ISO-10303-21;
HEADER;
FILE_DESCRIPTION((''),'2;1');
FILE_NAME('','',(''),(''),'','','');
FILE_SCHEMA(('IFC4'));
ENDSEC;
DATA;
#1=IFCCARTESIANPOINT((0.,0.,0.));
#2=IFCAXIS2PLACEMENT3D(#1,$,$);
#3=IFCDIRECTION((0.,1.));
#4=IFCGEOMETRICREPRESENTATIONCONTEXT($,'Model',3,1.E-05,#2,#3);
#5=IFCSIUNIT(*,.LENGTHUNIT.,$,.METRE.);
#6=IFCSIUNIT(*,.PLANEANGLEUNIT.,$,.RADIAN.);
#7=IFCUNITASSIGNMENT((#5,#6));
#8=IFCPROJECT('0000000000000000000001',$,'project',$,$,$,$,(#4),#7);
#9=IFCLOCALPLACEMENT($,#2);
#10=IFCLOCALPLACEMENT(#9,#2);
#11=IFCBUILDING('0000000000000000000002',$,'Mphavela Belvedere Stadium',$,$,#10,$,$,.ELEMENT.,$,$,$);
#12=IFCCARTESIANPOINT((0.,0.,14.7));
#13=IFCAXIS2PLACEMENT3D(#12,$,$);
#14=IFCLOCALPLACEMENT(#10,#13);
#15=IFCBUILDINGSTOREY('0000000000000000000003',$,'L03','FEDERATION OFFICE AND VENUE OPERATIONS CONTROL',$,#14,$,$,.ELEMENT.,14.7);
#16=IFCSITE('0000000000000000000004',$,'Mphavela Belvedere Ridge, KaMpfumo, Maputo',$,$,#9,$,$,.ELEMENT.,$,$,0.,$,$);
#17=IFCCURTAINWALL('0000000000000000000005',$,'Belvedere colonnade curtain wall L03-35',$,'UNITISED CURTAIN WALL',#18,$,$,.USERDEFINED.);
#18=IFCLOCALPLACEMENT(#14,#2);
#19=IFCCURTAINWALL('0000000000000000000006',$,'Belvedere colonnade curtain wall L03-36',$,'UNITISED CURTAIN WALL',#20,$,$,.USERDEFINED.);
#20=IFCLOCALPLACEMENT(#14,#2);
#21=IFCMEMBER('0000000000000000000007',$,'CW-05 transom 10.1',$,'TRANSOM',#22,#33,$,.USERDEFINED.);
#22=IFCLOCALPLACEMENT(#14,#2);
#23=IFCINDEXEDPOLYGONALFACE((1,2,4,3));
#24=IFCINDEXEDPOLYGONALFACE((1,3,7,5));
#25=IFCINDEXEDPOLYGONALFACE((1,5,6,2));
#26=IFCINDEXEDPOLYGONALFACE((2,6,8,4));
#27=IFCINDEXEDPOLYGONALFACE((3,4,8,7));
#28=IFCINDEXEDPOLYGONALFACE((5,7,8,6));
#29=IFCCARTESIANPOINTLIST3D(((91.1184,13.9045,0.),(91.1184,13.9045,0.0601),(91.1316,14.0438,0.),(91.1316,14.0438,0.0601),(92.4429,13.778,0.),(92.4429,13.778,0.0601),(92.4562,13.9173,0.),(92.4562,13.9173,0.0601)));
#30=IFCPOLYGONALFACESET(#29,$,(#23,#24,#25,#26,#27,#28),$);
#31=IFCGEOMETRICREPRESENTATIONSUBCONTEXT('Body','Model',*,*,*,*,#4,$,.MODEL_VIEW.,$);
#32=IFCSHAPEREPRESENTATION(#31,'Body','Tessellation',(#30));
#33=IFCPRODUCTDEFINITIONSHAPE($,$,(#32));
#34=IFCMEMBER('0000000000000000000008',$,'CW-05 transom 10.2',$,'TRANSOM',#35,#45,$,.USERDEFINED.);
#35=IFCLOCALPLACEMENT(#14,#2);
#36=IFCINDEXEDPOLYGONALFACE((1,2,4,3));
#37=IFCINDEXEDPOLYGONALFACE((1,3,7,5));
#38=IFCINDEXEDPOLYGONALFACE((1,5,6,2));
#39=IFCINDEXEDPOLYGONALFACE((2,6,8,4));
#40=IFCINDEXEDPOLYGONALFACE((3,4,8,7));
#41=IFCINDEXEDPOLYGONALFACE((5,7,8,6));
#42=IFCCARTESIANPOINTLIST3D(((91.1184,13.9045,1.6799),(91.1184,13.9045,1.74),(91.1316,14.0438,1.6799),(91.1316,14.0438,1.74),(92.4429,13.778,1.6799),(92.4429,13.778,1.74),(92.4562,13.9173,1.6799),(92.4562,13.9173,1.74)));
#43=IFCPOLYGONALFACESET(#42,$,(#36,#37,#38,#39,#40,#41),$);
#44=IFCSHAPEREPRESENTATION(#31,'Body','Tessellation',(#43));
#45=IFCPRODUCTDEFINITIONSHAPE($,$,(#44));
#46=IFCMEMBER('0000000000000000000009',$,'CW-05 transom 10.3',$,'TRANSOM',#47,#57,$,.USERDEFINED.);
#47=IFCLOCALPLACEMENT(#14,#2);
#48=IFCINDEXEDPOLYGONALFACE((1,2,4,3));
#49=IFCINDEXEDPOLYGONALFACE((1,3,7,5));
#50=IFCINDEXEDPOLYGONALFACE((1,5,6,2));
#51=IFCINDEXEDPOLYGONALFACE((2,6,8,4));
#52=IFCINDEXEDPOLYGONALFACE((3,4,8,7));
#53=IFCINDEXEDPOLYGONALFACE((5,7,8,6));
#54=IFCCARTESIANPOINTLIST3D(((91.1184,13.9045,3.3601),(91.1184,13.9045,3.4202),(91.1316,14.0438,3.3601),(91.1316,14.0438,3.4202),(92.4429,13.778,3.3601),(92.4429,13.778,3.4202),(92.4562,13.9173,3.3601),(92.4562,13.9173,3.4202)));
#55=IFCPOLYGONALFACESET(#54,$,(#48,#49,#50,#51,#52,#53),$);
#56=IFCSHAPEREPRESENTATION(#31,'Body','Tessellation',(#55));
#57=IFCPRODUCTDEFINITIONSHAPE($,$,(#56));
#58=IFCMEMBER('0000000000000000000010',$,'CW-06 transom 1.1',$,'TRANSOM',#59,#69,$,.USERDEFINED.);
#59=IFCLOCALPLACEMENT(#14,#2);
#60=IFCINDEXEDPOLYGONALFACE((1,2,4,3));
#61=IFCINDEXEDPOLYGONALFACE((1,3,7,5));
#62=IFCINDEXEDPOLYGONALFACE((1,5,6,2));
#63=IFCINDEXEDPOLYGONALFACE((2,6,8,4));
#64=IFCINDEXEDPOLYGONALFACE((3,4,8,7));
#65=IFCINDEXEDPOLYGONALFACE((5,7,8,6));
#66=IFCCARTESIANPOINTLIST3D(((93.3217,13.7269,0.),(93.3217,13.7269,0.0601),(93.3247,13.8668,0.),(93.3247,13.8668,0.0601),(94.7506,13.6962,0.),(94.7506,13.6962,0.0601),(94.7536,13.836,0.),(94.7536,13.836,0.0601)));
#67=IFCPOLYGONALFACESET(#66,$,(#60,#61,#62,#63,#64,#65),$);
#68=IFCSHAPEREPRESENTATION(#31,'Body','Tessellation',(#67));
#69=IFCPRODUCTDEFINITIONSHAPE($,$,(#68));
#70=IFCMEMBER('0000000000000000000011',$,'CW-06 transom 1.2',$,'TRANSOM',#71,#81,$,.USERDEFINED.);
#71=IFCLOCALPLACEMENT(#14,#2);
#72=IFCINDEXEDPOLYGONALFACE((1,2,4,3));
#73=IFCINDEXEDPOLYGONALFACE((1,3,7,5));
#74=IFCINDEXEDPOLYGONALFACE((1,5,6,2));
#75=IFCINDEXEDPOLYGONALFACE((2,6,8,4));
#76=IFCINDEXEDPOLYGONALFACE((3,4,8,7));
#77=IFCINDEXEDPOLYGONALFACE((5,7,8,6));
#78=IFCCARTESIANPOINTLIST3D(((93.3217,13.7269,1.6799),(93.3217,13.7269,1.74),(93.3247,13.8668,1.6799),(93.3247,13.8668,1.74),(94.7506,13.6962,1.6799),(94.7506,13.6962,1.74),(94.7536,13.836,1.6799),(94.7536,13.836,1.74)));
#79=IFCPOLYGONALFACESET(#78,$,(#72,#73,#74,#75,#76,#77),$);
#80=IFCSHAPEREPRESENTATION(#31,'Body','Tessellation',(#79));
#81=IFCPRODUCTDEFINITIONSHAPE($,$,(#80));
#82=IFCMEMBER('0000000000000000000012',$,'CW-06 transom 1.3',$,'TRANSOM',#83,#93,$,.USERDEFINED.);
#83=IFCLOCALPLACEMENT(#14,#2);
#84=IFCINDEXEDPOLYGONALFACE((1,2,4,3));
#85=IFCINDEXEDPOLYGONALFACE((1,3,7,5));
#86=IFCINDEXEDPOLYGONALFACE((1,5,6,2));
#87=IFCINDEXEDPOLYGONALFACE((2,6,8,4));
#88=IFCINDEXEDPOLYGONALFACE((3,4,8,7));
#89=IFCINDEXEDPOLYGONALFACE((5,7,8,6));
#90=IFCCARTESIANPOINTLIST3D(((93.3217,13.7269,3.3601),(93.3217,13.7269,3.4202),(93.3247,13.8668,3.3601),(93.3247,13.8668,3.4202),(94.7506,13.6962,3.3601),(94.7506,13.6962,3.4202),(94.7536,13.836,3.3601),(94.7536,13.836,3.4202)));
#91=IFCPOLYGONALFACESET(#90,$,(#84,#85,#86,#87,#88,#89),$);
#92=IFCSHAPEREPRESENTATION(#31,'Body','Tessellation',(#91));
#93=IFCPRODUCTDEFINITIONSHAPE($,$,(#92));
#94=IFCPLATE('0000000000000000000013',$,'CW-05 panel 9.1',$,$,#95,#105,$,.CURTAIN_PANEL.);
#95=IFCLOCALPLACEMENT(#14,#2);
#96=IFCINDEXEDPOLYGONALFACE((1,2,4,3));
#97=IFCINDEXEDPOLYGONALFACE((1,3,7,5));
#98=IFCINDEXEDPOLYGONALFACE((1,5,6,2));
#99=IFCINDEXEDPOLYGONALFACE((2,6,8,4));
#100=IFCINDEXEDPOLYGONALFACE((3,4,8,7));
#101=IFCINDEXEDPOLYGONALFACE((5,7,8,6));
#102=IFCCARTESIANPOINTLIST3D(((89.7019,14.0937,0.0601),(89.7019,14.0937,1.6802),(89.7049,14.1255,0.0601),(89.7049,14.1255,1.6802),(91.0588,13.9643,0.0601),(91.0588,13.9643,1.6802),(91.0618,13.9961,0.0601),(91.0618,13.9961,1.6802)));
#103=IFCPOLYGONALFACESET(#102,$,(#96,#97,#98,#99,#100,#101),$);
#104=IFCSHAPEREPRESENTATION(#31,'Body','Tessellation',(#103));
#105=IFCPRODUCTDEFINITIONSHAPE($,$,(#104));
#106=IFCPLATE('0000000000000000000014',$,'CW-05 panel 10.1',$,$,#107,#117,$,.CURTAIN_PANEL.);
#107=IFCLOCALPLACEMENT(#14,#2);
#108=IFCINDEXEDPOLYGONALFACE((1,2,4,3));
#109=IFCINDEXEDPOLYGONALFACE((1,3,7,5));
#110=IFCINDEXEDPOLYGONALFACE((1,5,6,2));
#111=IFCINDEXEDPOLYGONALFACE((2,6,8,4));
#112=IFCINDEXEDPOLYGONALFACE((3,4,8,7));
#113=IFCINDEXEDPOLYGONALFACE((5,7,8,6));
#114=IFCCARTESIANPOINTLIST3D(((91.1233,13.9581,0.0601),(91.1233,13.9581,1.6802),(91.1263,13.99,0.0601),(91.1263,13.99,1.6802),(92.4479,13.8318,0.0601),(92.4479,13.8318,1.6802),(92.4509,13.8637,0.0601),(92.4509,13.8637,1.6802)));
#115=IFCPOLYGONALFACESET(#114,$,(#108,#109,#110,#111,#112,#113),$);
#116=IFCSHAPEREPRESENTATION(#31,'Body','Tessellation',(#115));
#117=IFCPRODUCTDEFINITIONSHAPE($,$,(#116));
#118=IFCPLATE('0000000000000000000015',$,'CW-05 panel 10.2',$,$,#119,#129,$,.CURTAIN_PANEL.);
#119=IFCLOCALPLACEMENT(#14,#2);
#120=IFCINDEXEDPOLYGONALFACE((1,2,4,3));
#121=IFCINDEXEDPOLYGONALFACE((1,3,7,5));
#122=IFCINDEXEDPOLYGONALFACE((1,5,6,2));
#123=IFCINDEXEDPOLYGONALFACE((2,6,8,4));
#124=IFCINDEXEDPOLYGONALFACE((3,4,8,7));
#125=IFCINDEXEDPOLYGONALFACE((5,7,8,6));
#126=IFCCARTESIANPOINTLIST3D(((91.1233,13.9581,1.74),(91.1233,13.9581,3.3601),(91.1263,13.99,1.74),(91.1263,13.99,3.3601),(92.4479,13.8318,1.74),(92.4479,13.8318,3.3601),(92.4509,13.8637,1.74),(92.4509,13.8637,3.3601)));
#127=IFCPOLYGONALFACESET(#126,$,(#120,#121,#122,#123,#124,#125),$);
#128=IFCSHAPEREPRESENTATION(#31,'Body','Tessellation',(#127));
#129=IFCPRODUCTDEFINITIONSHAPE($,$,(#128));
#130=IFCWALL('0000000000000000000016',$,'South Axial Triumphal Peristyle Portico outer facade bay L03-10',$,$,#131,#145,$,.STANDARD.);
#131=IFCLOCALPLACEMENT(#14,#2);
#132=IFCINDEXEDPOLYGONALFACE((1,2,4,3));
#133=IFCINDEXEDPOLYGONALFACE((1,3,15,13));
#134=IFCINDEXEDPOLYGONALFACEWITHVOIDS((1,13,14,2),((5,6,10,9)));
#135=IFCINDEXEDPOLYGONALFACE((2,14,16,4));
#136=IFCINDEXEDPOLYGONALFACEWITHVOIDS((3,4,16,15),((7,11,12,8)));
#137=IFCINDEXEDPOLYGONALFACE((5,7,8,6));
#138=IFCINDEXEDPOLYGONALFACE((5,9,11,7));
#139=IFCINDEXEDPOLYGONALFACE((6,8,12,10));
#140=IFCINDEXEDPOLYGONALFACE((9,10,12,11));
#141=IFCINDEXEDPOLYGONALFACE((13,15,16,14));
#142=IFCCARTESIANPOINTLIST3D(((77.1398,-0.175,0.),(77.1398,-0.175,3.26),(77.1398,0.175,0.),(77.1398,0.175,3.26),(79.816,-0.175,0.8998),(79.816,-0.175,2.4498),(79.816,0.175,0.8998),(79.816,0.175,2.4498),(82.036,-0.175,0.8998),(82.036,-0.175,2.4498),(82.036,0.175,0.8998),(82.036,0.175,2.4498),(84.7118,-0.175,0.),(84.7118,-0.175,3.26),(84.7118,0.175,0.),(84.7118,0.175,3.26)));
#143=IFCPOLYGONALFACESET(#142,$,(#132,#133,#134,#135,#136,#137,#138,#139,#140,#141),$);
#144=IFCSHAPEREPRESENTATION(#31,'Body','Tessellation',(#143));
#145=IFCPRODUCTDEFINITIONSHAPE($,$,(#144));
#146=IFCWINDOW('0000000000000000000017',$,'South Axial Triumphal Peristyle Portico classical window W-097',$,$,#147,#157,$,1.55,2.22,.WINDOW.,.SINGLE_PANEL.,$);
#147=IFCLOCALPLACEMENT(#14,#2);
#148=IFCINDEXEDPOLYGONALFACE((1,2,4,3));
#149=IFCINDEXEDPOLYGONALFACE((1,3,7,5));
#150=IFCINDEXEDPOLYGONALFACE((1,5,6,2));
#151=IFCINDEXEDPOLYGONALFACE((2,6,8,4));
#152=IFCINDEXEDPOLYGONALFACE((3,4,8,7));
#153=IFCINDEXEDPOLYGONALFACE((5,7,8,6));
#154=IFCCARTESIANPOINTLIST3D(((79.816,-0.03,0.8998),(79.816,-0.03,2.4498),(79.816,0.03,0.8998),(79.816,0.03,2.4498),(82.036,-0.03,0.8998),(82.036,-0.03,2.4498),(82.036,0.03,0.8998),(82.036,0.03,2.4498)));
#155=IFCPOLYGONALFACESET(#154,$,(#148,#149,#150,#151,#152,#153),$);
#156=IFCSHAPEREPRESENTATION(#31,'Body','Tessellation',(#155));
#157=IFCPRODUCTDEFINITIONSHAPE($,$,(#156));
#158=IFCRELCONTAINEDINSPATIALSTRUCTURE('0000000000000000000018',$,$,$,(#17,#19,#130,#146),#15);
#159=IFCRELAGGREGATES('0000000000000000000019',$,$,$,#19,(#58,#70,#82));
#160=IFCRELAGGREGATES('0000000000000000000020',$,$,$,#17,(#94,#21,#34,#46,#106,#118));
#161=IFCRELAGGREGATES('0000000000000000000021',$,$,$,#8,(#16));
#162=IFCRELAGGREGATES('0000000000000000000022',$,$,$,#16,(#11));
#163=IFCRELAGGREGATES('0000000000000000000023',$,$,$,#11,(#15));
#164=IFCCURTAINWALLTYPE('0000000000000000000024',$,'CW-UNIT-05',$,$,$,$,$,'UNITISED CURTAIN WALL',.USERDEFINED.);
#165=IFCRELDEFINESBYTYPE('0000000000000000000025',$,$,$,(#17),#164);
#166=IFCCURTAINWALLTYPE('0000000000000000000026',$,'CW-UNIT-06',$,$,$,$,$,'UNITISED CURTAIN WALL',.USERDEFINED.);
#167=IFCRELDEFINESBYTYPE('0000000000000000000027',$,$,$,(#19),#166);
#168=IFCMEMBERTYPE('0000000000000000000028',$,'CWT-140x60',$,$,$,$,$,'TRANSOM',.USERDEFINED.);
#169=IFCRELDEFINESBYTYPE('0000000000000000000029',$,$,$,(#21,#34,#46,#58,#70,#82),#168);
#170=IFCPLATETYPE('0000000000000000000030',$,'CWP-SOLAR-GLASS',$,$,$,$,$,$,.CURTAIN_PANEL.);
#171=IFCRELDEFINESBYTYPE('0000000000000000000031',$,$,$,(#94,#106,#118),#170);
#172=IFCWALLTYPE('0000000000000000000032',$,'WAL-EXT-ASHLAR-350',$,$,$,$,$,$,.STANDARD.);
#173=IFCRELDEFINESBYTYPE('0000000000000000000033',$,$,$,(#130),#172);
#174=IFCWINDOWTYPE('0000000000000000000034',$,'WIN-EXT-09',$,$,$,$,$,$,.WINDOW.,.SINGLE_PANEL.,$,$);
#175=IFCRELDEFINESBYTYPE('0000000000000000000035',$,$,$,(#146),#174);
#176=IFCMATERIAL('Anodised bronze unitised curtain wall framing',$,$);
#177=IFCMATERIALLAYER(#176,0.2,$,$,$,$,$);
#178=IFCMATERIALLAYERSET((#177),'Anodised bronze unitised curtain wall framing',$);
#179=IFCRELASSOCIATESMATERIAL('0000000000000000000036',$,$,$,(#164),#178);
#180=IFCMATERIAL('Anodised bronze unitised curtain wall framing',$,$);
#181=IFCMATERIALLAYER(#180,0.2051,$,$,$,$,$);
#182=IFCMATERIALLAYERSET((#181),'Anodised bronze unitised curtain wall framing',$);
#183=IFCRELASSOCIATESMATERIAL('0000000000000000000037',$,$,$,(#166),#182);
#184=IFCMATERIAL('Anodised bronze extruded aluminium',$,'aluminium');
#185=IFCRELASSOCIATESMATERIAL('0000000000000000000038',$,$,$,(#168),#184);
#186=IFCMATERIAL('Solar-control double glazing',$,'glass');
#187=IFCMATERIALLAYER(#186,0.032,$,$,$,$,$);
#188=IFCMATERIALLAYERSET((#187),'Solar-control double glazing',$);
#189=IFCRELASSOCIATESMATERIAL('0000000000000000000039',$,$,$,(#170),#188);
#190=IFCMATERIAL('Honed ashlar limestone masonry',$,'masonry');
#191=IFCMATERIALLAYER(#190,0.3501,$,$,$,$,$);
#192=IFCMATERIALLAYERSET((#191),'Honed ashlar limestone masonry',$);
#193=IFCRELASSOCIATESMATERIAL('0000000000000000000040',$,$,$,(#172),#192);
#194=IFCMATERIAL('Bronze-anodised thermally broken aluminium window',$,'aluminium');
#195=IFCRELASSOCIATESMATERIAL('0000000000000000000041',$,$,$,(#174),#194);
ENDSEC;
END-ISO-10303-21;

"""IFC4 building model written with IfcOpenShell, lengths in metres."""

from ifc_helpers import new_model, si_unit, direction, frame, frame_2d, origin, origin_2d, place, context, subcontext, project, spatial, rectangle, extrude, material, layer, layer_set, material_profile, profile_set, type_object, element, fill, aggregate, save


model = new_model("IFC4")

# Units and contexts
model_context = context("Model", 3, precision=1e-05, world=origin(), true_north=direction((0.0, 1.0)))
body_context = subcontext(model_context, "Body", "Model", "MODEL_VIEW")
ifc_project = project(units=[si_unit("LENGTHUNIT", "METRE"), si_unit("PLANEANGLEUNIT", "RADIAN")], contexts=[model_context])

# Site, building, storey
site_placement = place(None, origin())
site = spatial("IfcSite", under=ifc_project, at=site_placement, Name="Mphavela Belvedere Ridge, KaMpfumo, Maputo", CompositionType="ELEMENT", RefElevation=0.0)
building_placement = place(site_placement, origin())
building = spatial("IfcBuilding", under=site, at=building_placement, Name="Mphavela Belvedere Stadium", CompositionType="ELEMENT")
storey_placement = place(building_placement, frame((0.0, 0.0, 14.7)))
storey = spatial("IfcBuildingStorey", under=building, at=storey_placement, Name="L03", Description="FEDERATION OFFICE AND VENUE OPERATIONS CONTROL", CompositionType="ELEMENT", Elevation=14.7)

# Curtain wall
ifc_material_1 = material(Name="Anodised bronze unitised curtain wall framing")
ifc_layer_1 = layer(ifc_material_1, 0.2)
ifc_layer_set_1 = layer_set([ifc_layer_1], Name="Anodised bronze unitised curtain wall framing")
curtain_wall_type_1 = type_object("IfcCurtainWallType", Name="CW-UNIT-05", ElementType="UNITISED CURTAIN WALL", PredefinedType="USERDEFINED", material=ifc_layer_set_1)
curtain_wall_1_placement = place(storey_placement, origin())
curtain_wall_1 = element("IfcCurtainWall", 1, at=curtain_wall_1_placement, inside=storey, type_object=curtain_wall_type_1, Name="Belvedere colonnade curtain wall L03-35", ObjectType="UNITISED CURTAIN WALL", PredefinedType="USERDEFINED")

# Curtain wall
ifc_material_2 = material(Name="Anodised bronze unitised curtain wall framing")
ifc_layer_2 = layer(ifc_material_2, 0.2051)
ifc_layer_set_2 = layer_set([ifc_layer_2], Name="Anodised bronze unitised curtain wall framing")
curtain_wall_type_2 = type_object("IfcCurtainWallType", Name="CW-UNIT-06", ElementType="UNITISED CURTAIN WALL", PredefinedType="USERDEFINED", material=ifc_layer_set_2)
curtain_wall_2_placement = place(storey_placement, origin())
curtain_wall_2 = element("IfcCurtainWall", 2, at=curtain_wall_2_placement, inside=storey, type_object=curtain_wall_type_2, Name="Belvedere colonnade curtain wall L03-36", ObjectType="UNITISED CURTAIN WALL", PredefinedType="USERDEFINED")

# Members
ifc_material_3 = material(Name="Anodised bronze extruded aluminium", Category="aluminium")
ifc_material_profile_1 = material_profile(ifc_material_3, rectangle(XDim=0.1399, YDim=0.0601, at=origin_2d()), Name="CW-TRN 140x60")
ifc_profile_set_1 = profile_set([ifc_material_profile_1], Name="Anodised bronze extruded aluminium")
member_type_1 = type_object("IfcMemberType", Name="CWT-140x60", ElementType="TRANSOM", PredefinedType="USERDEFINED", material=ifc_profile_set_1)
member_1_placement = place(storey_placement, frame((91.125, 13.9741, 0.03), z_axis=(0.995472, -0.095052, 0.0), x_axis=(0.095052, 0.995472, 0.0)))
member_1 = element("IfcMember", 3, at=member_1_placement, type_object=member_type_1, Name="CW-05 transom 10.1", ObjectType="TRANSOM", PredefinedType="USERDEFINED", context=body_context, shape_type="SweptSolid", body=[
    extrude(rectangle(XDim=0.1399, YDim=0.0601, at=origin_2d()), origin(), (0.0, 0.0, 1.0), 1.3306),
])
member_2_placement = place(storey_placement, frame((91.125, 13.9741, 1.71), z_axis=(0.995472, -0.095052, 0.0), x_axis=(0.095052, 0.995472, 0.0)))
member_2 = element("IfcMember", 4, at=member_2_placement, type_object=member_type_1, Name="CW-05 transom 10.2", ObjectType="TRANSOM", PredefinedType="USERDEFINED", context=body_context, shape_type="SweptSolid", body=[
    extrude(rectangle(XDim=0.1399, YDim=0.0601, at=origin_2d()), origin(), (0.0, 0.0, 1.0), 1.3306),
])
member_3_placement = place(storey_placement, frame((91.125, 13.9741, 3.3901), z_axis=(0.995472, -0.095052, 0.0), x_axis=(0.095052, 0.995472, 0.0)))
member_3 = element("IfcMember", 5, at=member_3_placement, type_object=member_type_1, Name="CW-05 transom 10.3", ObjectType="TRANSOM", PredefinedType="USERDEFINED", context=body_context, shape_type="SweptSolid", body=[
    extrude(rectangle(XDim=0.1399, YDim=0.0601, at=origin_2d()), origin(), (0.0, 0.0, 1.0), 1.3306),
])
member_4_placement = place(storey_placement, frame((93.3232, 13.7969, 0.03), z_axis=(0.999768, -0.021522, 0.0), x_axis=(0.021522, 0.999768, 0.0)))
member_4 = element("IfcMember", 6, at=member_4_placement, type_object=member_type_1, Name="CW-06 transom 1.1", ObjectType="TRANSOM", PredefinedType="USERDEFINED", context=body_context, shape_type="SweptSolid", body=[
    extrude(rectangle(XDim=0.1399, YDim=0.0601, at=origin_2d()), origin(), (0.0, 0.0, 1.0), 1.4292),
])
member_5_placement = place(storey_placement, frame((93.3232, 13.7969, 1.71), z_axis=(0.999768, -0.021522, 0.0), x_axis=(0.021522, 0.999768, 0.0)))
member_5 = element("IfcMember", 7, at=member_5_placement, type_object=member_type_1, Name="CW-06 transom 1.2", ObjectType="TRANSOM", PredefinedType="USERDEFINED", context=body_context, shape_type="SweptSolid", body=[
    extrude(rectangle(XDim=0.1399, YDim=0.0601, at=origin_2d()), origin(), (0.0, 0.0, 1.0), 1.4292),
])
member_6_placement = place(storey_placement, frame((93.3232, 13.7969, 3.3901), z_axis=(0.999768, -0.021522, 0.0), x_axis=(0.021522, 0.999768, 0.0)))
member_6 = element("IfcMember", 8, at=member_6_placement, type_object=member_type_1, Name="CW-06 transom 1.3", ObjectType="TRANSOM", PredefinedType="USERDEFINED", context=body_context, shape_type="SweptSolid", body=[
    extrude(rectangle(XDim=0.1399, YDim=0.0601, at=origin_2d()), origin(), (0.0, 0.0, 1.0), 1.4292),
])
aggregate(curtain_wall_2, [member_4, member_5, member_6])

# Plates
ifc_material_4 = material(Name="Solar-control double glazing", Category="glass")
ifc_layer_3 = layer(ifc_material_4, 0.032)
ifc_layer_set_3 = layer_set([ifc_layer_3], Name="Solar-control double glazing")
plate_type = type_object("IfcPlateType", Name="CWP-SOLAR-GLASS", PredefinedType="CURTAIN_PANEL", material=ifc_layer_set_3)
plate_1_placement = place(storey_placement, frame((90.3818, 14.0449, 0.0601), z_axis=(0.0, 0.0, 1.0), x_axis=(0.995484, -0.094929, 0.0)))
plate_1 = element("IfcPlate", 9, at=plate_1_placement, type_object=plate_type, Name="CW-05 panel 9.1", PredefinedType="CURTAIN_PANEL", context=body_context, shape_type="SweptSolid", body=[
    extrude(rectangle(XDim=1.363, YDim=0.032, at=origin_2d()), origin(), (0.0, 0.0, 1.0), 1.6201),
])
plate_2_placement = place(storey_placement, frame((91.7871, 13.9109, 0.0601), z_axis=(0.0, 0.0, 1.0), x_axis=(0.995484, -0.094929, 0.0)))
plate_2 = element("IfcPlate", 10, at=plate_2_placement, type_object=plate_type, Name="CW-05 panel 10.1", PredefinedType="CURTAIN_PANEL", context=body_context, shape_type="SweptSolid", body=[
    extrude(rectangle(XDim=1.3306, YDim=0.032, at=origin_2d()), origin(), (0.0, 0.0, 1.0), 1.6201),
])
plate_3_placement = place(storey_placement, frame((91.7871, 13.9109, 1.74), z_axis=(0.0, 0.0, 1.0), x_axis=(0.995484, -0.094929, 0.0)))
plate_3 = element("IfcPlate", 11, at=plate_3_placement, type_object=plate_type, Name="CW-05 panel 10.2", PredefinedType="CURTAIN_PANEL", context=body_context, shape_type="SweptSolid", body=[
    extrude(rectangle(XDim=1.3306, YDim=0.032, at=origin_2d()), origin(), (0.0, 0.0, 1.0), 1.6201),
])
aggregate(curtain_wall_1, [plate_1, member_1, member_2, member_3, plate_2, plate_3])

# Wall, opening, window
ifc_material_5 = material(Name="Honed ashlar limestone masonry", Category="masonry")
ifc_layer_4 = layer(ifc_material_5, 0.3501)
ifc_layer_set_4 = layer_set([ifc_layer_4], Name="Honed ashlar limestone masonry")
wall_type_1 = type_object("IfcWallType", Name="WAL-EXT-ASHLAR-350", PredefinedType="STANDARD", material=ifc_layer_set_4)
wall_1_placement = place(storey_placement, frame((84.7119, 0.0, 0.0), z_axis=(0.0, 0.0, 1.0), x_axis=(-1.0, 0.0, 0.0)))
wall_1 = element("IfcWall", 12, at=wall_1_placement, inside=storey, type_object=wall_type_1, Name="South Axial Triumphal Peristyle Portico outer facade bay L03-10", PredefinedType="STANDARD", context=body_context, shape_type="SweptSolid", body=[
    extrude(rectangle(XDim=7.572, YDim=0.3501, at=frame_2d((3.7861, 0.0))), origin(), (0.0, 0.0, 1.0), 3.26),
])
opening_1_placement = place(wall_1_placement, frame((2.676, 0.0, 0.8999)))
opening_1 = element("IfcOpeningElement", 13, at=opening_1_placement, cuts=wall_1, PredefinedType="OPENING", context=body_context, shape_type="SweptSolid", body=[
    extrude(rectangle(XDim=2.22, YDim=1.55, at=frame_2d((1.1099, 0.7749))), frame((0.0, 0.1851, 0.0), z_axis=(0.0, -1.0, 0.0), x_axis=(1.0, 0.0, 0.0)), (0.0, 0.0, 1.0), 0.3701),
])
ifc_material_6 = material(Name="Bronze-anodised thermally broken aluminium window", Category="aluminium")
window_type_1 = type_object("IfcWindowType", Name="WIN-EXT-09", PartitioningType="SINGLE_PANEL", PredefinedType="WINDOW", material=ifc_material_6)
window_1_placement = place(opening_1_placement, origin())
window_1 = element("IfcWindow", 14, at=window_1_placement, inside=storey, type_object=window_type_1, Name="South Axial Triumphal Peristyle Portico classical window W-097", OverallHeight=1.55, OverallWidth=2.22, PartitioningType="SINGLE_PANEL", PredefinedType="WINDOW", context=body_context, shape_type="SweptSolid", body=[
    extrude(rectangle(XDim=2.22, YDim=1.55, at=frame_2d((1.1099, 0.7749))), frame((0.0, 0.03, 0.0), z_axis=(0.0, -1.0, 0.0), x_axis=(1.0, 0.0, 0.0)), (0.0, 0.0, 1.0), 0.0601),
])
fill(opening_1, window_1)

save(model, "model.ifc")
